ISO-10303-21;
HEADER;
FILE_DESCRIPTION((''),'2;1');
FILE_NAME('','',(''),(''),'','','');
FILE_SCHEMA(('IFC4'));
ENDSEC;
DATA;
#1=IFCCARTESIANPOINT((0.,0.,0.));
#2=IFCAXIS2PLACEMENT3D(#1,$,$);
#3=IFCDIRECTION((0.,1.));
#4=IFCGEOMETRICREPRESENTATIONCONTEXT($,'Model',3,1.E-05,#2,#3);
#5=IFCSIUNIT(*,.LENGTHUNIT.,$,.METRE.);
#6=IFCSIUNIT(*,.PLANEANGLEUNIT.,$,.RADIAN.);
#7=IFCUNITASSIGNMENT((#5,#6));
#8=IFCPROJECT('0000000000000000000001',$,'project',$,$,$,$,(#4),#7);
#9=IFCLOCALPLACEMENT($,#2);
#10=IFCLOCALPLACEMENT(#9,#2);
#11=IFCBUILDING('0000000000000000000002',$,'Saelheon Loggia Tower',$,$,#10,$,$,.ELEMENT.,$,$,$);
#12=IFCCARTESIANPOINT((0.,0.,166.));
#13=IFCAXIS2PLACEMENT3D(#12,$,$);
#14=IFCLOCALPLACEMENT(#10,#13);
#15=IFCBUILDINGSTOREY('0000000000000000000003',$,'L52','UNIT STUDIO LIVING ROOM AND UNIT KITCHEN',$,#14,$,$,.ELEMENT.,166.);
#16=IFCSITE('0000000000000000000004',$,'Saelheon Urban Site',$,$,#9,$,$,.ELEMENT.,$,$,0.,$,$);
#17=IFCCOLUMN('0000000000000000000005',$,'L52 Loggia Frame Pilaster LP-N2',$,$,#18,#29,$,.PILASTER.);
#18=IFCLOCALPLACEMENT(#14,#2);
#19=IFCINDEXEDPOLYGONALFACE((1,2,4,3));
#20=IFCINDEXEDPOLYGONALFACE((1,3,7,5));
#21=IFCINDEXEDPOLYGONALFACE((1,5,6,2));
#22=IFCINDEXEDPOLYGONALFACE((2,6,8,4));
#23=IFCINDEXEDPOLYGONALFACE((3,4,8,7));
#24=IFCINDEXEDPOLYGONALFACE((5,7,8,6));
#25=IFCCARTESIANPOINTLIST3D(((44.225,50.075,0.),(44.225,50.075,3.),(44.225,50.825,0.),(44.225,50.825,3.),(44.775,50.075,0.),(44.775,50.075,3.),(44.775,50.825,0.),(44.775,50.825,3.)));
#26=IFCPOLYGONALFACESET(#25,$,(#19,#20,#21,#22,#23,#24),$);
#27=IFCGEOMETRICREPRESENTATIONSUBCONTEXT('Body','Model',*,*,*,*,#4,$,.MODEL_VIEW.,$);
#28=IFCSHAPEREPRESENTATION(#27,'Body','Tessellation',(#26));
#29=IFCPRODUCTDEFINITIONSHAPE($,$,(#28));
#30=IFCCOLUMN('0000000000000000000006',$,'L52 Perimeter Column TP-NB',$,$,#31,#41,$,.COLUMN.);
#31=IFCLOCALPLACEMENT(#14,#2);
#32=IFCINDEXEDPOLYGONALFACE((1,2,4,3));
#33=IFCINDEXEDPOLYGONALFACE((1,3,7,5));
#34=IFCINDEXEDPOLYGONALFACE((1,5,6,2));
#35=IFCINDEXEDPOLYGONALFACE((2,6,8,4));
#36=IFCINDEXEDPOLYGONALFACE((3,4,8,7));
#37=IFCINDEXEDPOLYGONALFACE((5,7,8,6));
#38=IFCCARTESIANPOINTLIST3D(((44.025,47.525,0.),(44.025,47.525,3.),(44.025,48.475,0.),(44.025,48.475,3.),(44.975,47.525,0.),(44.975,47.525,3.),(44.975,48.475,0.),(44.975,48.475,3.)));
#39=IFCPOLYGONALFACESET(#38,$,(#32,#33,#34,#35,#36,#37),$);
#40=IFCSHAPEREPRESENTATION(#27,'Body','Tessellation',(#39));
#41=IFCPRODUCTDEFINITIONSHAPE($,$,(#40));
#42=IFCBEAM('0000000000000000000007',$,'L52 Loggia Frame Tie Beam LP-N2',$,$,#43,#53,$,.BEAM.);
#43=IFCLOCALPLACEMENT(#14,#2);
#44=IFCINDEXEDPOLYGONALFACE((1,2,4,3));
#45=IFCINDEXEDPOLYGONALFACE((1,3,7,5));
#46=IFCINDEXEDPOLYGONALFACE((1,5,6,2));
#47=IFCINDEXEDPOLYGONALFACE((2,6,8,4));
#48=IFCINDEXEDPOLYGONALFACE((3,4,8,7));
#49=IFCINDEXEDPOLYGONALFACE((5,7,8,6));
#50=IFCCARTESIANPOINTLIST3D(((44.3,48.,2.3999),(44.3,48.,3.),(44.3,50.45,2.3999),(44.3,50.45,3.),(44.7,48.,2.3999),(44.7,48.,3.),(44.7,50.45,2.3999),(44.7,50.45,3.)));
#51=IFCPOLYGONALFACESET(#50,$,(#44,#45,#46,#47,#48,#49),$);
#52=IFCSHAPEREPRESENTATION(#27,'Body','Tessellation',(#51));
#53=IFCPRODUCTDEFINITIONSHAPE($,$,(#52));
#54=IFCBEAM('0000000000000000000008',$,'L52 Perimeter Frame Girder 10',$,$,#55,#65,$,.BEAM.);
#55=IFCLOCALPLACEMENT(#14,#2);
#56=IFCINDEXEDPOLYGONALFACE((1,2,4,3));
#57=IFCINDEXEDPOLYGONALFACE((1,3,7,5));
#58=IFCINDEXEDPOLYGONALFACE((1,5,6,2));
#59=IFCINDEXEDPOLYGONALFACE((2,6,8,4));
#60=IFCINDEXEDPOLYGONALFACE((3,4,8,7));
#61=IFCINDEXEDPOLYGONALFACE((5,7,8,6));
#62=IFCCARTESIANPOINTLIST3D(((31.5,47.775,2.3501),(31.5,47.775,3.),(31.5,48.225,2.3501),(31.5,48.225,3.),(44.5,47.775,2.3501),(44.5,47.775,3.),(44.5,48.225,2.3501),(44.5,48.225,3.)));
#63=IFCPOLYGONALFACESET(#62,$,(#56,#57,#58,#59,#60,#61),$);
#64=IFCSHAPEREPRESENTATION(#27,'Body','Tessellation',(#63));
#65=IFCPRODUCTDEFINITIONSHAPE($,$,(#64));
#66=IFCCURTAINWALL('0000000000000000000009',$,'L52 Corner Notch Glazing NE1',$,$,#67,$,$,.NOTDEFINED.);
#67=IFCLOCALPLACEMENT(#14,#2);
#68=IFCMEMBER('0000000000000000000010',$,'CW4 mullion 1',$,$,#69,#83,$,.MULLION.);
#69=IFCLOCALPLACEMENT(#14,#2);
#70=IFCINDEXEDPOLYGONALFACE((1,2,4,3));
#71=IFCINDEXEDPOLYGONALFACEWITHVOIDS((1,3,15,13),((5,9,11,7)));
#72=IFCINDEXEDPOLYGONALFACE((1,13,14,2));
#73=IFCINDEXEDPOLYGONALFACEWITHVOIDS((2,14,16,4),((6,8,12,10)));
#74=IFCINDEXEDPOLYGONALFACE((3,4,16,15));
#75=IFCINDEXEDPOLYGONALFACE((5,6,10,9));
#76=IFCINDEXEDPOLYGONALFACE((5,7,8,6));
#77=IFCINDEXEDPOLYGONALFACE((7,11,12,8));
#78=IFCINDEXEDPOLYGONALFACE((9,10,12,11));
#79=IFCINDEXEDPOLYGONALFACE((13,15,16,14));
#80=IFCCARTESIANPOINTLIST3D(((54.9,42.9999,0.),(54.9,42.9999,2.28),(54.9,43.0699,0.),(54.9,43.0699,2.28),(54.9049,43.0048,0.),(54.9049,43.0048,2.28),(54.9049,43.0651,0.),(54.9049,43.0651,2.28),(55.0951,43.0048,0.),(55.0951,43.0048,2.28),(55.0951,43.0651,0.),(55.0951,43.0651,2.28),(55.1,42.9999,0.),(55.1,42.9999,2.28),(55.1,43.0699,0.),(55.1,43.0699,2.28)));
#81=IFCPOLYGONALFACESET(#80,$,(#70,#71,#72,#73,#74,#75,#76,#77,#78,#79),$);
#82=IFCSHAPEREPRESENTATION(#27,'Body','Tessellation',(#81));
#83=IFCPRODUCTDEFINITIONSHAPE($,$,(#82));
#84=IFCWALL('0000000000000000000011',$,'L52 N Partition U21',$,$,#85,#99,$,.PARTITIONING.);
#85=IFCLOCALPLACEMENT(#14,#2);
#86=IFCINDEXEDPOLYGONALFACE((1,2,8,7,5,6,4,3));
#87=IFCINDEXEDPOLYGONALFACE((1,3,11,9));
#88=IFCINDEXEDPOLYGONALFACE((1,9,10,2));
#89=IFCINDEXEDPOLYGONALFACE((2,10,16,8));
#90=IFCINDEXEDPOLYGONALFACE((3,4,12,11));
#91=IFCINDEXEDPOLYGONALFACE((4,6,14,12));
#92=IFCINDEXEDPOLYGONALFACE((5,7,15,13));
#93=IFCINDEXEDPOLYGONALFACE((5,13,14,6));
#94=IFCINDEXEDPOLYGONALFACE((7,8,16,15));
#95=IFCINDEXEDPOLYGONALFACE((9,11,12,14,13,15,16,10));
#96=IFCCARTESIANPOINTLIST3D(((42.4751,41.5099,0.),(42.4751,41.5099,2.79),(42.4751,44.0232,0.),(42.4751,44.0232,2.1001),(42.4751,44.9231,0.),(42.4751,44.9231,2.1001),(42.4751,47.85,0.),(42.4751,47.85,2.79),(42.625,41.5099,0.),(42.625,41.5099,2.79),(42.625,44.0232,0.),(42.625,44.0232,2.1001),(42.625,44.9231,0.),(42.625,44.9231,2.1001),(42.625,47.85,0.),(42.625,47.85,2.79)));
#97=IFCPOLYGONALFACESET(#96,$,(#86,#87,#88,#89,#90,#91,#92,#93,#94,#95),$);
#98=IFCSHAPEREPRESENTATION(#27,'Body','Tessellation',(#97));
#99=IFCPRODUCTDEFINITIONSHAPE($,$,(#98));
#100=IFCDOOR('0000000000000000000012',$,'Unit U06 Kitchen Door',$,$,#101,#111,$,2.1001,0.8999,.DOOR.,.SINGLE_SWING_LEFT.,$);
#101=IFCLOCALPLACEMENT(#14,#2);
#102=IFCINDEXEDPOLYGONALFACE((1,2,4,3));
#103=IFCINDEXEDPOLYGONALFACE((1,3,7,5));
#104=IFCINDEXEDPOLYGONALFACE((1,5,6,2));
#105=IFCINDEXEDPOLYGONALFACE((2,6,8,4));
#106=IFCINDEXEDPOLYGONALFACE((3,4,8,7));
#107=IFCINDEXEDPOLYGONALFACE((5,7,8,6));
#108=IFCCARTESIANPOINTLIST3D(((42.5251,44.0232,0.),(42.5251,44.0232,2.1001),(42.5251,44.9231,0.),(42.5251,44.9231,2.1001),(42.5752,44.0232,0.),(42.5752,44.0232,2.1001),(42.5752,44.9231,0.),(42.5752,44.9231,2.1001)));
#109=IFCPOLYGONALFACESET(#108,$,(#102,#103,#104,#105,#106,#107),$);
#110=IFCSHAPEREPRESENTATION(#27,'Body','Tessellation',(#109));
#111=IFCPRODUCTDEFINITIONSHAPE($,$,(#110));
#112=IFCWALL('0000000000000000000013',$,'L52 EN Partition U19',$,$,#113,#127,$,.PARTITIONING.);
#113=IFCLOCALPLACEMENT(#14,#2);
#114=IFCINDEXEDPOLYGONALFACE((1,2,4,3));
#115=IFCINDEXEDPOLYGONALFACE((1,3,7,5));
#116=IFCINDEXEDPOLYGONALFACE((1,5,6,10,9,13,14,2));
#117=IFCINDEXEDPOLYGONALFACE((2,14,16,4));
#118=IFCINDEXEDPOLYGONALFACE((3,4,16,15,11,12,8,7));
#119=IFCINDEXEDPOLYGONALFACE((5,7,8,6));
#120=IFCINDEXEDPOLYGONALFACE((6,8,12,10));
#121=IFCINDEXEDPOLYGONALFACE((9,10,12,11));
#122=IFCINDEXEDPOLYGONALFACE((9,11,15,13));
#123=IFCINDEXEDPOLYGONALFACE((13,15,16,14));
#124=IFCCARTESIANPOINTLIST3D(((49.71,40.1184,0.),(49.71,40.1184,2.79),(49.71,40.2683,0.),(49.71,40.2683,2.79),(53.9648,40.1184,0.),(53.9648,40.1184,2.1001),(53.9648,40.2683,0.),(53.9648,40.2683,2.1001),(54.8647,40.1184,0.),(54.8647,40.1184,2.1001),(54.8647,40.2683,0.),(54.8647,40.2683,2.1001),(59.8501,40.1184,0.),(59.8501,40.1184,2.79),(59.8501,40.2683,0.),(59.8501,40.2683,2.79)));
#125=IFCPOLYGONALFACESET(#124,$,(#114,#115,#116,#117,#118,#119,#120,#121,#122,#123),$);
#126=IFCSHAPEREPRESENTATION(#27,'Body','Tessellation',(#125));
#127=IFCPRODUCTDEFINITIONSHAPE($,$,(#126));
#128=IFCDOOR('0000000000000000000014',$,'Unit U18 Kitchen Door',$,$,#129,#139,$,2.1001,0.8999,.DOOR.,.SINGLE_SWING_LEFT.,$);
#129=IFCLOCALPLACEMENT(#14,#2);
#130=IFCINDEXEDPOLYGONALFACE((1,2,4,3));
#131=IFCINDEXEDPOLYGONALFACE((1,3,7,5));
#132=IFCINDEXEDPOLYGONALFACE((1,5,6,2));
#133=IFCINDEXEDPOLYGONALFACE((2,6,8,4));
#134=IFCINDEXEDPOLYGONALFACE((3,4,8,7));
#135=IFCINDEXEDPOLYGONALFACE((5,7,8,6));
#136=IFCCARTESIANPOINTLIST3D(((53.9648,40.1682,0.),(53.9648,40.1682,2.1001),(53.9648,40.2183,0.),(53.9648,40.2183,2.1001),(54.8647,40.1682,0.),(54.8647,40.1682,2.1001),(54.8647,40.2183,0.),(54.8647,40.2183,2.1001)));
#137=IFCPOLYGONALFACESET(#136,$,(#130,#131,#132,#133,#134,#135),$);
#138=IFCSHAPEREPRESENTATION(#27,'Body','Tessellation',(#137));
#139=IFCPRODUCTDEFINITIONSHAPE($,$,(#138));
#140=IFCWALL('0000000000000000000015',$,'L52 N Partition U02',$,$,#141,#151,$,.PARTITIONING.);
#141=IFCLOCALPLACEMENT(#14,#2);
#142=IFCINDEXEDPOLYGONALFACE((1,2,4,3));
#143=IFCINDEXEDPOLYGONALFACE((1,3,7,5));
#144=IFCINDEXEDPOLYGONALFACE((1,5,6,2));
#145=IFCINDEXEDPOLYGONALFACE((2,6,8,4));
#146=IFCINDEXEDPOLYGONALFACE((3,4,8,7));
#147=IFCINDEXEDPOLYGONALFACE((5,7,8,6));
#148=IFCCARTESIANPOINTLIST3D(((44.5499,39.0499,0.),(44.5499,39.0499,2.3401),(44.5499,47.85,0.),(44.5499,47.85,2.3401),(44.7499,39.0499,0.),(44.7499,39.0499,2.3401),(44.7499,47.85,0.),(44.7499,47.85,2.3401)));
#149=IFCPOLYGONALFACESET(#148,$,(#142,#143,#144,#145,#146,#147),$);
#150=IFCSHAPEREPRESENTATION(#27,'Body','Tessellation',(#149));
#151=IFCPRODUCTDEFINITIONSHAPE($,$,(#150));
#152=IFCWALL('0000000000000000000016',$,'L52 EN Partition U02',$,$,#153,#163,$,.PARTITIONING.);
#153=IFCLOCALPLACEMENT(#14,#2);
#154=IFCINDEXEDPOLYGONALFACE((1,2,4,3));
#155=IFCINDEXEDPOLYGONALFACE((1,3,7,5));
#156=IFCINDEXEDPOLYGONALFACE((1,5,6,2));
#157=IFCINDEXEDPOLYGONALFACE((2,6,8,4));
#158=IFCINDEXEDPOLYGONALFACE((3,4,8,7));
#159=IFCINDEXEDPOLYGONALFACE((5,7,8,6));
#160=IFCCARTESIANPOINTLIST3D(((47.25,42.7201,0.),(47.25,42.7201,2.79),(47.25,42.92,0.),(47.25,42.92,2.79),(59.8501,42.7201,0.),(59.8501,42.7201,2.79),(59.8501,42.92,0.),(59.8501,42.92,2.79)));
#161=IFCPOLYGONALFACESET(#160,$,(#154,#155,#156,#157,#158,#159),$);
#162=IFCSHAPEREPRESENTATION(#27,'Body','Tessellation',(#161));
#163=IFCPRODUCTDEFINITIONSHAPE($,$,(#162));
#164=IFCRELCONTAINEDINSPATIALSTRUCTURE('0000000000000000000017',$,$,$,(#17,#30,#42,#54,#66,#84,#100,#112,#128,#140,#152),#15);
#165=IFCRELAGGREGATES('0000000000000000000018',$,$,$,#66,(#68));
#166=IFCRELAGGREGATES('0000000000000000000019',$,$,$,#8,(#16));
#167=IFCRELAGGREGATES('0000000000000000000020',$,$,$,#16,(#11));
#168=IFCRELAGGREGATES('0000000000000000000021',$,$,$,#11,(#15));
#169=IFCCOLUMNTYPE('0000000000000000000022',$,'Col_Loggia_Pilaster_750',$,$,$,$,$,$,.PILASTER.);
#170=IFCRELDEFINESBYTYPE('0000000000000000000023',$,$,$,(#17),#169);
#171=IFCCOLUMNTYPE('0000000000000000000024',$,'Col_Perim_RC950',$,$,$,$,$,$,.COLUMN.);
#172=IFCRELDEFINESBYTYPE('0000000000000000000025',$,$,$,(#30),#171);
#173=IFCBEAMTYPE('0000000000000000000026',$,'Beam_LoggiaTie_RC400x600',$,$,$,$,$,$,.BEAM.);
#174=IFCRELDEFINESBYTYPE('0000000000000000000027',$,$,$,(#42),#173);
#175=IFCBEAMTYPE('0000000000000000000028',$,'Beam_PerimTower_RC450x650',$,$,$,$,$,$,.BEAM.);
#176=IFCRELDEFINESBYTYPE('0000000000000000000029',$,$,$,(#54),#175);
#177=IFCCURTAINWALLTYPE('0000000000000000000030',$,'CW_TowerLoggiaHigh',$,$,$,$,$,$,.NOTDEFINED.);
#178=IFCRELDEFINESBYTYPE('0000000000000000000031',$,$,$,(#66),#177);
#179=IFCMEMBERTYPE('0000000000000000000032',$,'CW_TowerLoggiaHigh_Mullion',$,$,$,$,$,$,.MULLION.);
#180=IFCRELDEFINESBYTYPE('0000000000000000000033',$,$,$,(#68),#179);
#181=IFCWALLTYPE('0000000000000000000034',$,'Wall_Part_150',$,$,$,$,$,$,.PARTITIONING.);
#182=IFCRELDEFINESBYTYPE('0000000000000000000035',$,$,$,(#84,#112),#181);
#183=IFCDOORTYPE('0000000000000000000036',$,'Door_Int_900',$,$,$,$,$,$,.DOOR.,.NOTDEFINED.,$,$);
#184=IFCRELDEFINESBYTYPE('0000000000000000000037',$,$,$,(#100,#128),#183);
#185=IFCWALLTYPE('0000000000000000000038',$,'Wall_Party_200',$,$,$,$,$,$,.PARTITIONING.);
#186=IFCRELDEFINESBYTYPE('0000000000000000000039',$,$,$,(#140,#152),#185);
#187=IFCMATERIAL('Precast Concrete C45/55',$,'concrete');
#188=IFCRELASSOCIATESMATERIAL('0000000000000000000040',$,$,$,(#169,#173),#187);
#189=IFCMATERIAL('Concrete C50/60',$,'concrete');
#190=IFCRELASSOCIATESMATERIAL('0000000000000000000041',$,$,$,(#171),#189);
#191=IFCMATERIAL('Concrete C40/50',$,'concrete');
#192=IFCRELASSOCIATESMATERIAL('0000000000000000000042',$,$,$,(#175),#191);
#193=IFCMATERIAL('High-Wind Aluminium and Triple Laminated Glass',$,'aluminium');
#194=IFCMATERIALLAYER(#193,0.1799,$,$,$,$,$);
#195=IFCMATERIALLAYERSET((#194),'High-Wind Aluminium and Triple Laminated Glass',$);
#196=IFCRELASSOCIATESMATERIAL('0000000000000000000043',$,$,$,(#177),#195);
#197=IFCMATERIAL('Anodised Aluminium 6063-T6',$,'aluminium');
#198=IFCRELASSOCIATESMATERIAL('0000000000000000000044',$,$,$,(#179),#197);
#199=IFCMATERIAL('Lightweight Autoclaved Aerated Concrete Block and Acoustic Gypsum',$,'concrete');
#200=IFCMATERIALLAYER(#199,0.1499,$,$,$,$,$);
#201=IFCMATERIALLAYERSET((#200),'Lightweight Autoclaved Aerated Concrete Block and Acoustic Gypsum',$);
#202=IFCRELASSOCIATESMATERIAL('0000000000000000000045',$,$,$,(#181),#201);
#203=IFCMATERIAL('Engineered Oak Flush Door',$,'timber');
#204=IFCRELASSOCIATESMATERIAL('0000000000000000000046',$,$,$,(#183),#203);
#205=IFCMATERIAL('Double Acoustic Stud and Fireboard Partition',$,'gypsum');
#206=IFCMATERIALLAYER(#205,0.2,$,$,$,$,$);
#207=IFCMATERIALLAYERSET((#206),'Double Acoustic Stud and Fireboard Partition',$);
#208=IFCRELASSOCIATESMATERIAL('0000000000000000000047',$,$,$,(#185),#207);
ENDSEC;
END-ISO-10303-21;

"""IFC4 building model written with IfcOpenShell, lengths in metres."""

from ifc_helpers import new_model, si_unit, direction, frame, frame_2d, origin, origin_2d, place, context, subcontext, project, spatial, rectangle, hollow_rectangle, extrude, source, transform, mapped, material, layer, layer_set, material_profile, profile_set, type_object, element, fill, aggregate, save


model = new_model("IFC4")

# Units and contexts
model_context = context("Model", 3, precision=1e-05, world=origin(), true_north=direction((0.0, 1.0)))
body_context = subcontext(model_context, "Body", "Model", "MODEL_VIEW")
ifc_project = project(units=[si_unit("LENGTHUNIT", "METRE"), si_unit("PLANEANGLEUNIT", "RADIAN")], contexts=[model_context])

# Site, building, storey
site_placement = place(None, origin())
site = spatial("IfcSite", under=ifc_project, at=site_placement, Name="Saelheon Urban Site", CompositionType="ELEMENT", RefElevation=0.0)
building_placement = place(site_placement, origin())
building = spatial("IfcBuilding", under=site, at=building_placement, Name="Saelheon Loggia Tower", CompositionType="ELEMENT")
storey_placement = place(building_placement, frame((0.0, 0.0, 166.0)))
storey = spatial("IfcBuildingStorey", under=building, at=storey_placement, Name="L52", Description="UNIT STUDIO LIVING ROOM AND UNIT KITCHEN", CompositionType="ELEMENT", Elevation=166.0)

# Columns
ifc_material_1 = material(Name="Precast Concrete C45/55", Category="concrete")
ifc_material_profile_1 = material_profile(ifc_material_1, rectangle(XDim=0.55, YDim=0.75, at=origin_2d()), Name="RC-550x750")
ifc_profile_set_1 = profile_set([ifc_material_profile_1], Name="Precast Concrete C45/55")
column_type_1 = type_object("IfcColumnType", Name="Col_Loggia_Pilaster_750", PredefinedType="PILASTER", material=ifc_profile_set_1)
shared_shape_1 = source(origin(), body_context, "Body", "SweptSolid", [
    extrude(rectangle(XDim=0.55, YDim=0.75, at=origin_2d()), origin(), (0.0, 0.0, 1.0), 3.0),
])
column_1_placement = place(storey_placement, frame((44.5, 50.45, 0.0), z_axis=(0.0, 0.0, 1.0), x_axis=(1.0, 0.0, 0.0)))
element("IfcColumn", 1, at=column_1_placement, inside=storey, type_object=column_type_1, Name="L52 Loggia Frame Pilaster LP-N2", PredefinedType="PILASTER", context=body_context, shape_type="MappedRepresentation", body=[
    mapped(shared_shape_1, transform((0.0, 0.0, 0.0), scale=1.0)),
])
ifc_material_2 = material(Name="Concrete C50/60", Category="concrete")
ifc_material_profile_2 = material_profile(ifc_material_2, rectangle(XDim=0.95, YDim=0.95, at=origin_2d()), Name="RC-950x950")
ifc_profile_set_2 = profile_set([ifc_material_profile_2], Name="Concrete C50/60")
column_type_2 = type_object("IfcColumnType", Name="Col_Perim_RC950", PredefinedType="COLUMN", material=ifc_profile_set_2)
shared_shape_2 = source(origin(), body_context, "Body", "SweptSolid", [
    extrude(rectangle(XDim=0.95, YDim=0.95, at=origin_2d()), origin(), (0.0, 0.0, 1.0), 3.0),
])
column_2_placement = place(storey_placement, frame((44.5, 48.0, 0.0), z_axis=(0.0, 0.0, 1.0), x_axis=(1.0, 0.0, 0.0)))
element("IfcColumn", 2, at=column_2_placement, inside=storey, type_object=column_type_2, Name="L52 Perimeter Column TP-NB", PredefinedType="COLUMN", context=body_context, shape_type="MappedRepresentation", body=[
    mapped(shared_shape_2, transform((0.0, 0.0, 0.0), scale=1.0)),
])

# Beams
ifc_material_profile_3 = material_profile(ifc_material_1, rectangle(XDim=0.3999, YDim=0.6001, at=origin_2d()), Name="RC-400x600")
ifc_profile_set_3 = profile_set([ifc_material_profile_3], Name="Precast Concrete C45/55")
beam_type_1 = type_object("IfcBeamType", Name="Beam_LoggiaTie_RC400x600", PredefinedType="BEAM", material=ifc_profile_set_3)
shared_shape_3 = source(origin(), body_context, "Body", "SweptSolid", [
    extrude(rectangle(XDim=0.3999, YDim=0.6001, at=origin_2d()), origin(), (0.0, 0.0, 1.0), 2.45),
])
beam_1_placement = place(storey_placement, frame((44.5, 48.0, 2.7), z_axis=(0.0, 1.0, 0.0), x_axis=(-1.0, 0.0, 0.0)))
element("IfcBeam", 3, at=beam_1_placement, inside=storey, type_object=beam_type_1, Name="L52 Loggia Frame Tie Beam LP-N2", PredefinedType="BEAM", context=body_context, shape_type="MappedRepresentation", body=[
    mapped(shared_shape_3, transform((0.0, 0.0, 0.0), scale=1.0)),
])
ifc_material_3 = material(Name="Concrete C40/50", Category="concrete")
ifc_material_profile_4 = material_profile(ifc_material_3, rectangle(XDim=0.45, YDim=0.6499, at=origin_2d()), Name="RC-450x650")
ifc_profile_set_4 = profile_set([ifc_material_profile_4], Name="Concrete C40/50")
beam_type_2 = type_object("IfcBeamType", Name="Beam_PerimTower_RC450x650", PredefinedType="BEAM", material=ifc_profile_set_4)
shared_shape_4 = source(origin(), body_context, "Body", "SweptSolid", [
    extrude(rectangle(XDim=0.45, YDim=0.6499, at=origin_2d()), origin(), (0.0, 0.0, 1.0), 13.0),
])
beam_2_placement = place(storey_placement, frame((44.5, 48.0, 2.675), z_axis=(-1.0, 0.0, 0.0), x_axis=(0.0, -1.0, 0.0)))
element("IfcBeam", 4, at=beam_2_placement, inside=storey, type_object=beam_type_2, Name="L52 Perimeter Frame Girder 10", PredefinedType="BEAM", context=body_context, shape_type="MappedRepresentation", body=[
    mapped(shared_shape_4, transform((0.0, 0.0, 0.0), scale=1.0)),
])

# Curtain wall, member
ifc_material_4 = material(Name="High-Wind Aluminium and Triple Laminated Glass", Category="aluminium")
ifc_layer_1 = layer(ifc_material_4, 0.1799)
ifc_layer_set_1 = layer_set([ifc_layer_1], Name="High-Wind Aluminium and Triple Laminated Glass")
curtain_wall_type = type_object("IfcCurtainWallType", Name="CW_TowerLoggiaHigh", PredefinedType="NOTDEFINED", material=ifc_layer_set_1)
curtain_wall_placement = place(storey_placement, origin())
curtain_wall = element("IfcCurtainWall", 5, at=curtain_wall_placement, inside=storey, type_object=curtain_wall_type, Name="L52 Corner Notch Glazing NE1", PredefinedType="NOTDEFINED")
ifc_material_5 = material(Name="Anodised Aluminium 6063-T6", Category="aluminium")
ifc_material_profile_5 = material_profile(ifc_material_5, hollow_rectangle(XDim=0.0701, YDim=0.2, WallThickness=0.0049, at=origin_2d()), Name="RHS-200x70x5")
ifc_profile_set_5 = profile_set([ifc_material_profile_5], Name="Anodised Aluminium 6063-T6")
member_type = type_object("IfcMemberType", Name="CW_TowerLoggiaHigh_Mullion", PredefinedType="MULLION", material=ifc_profile_set_5)
shared_shape_5 = source(origin(), body_context, "Body", "SweptSolid", [
    extrude(hollow_rectangle(XDim=0.0701, YDim=0.2, WallThickness=0.0049, at=origin_2d()), origin(), (0.0, 0.0, 1.0), 2.28),
])
member_placement = place(storey_placement, frame((55.0, 43.0349, 0.0), z_axis=(0.0, 0.0, 1.0), x_axis=(0.0, 1.0, 0.0)))
member = element("IfcMember", 6, at=member_placement, type_object=member_type, Name="CW4 mullion 1", PredefinedType="MULLION", context=body_context, shape_type="MappedRepresentation", body=[
    mapped(shared_shape_5, transform((0.0, 0.0, 0.0), scale=1.0)),
])
aggregate(curtain_wall, [member])

# Walls, openings, doors
ifc_material_6 = material(Name="Lightweight Autoclaved Aerated Concrete Block and Acoustic Gypsum", Category="concrete")
ifc_layer_2 = layer(ifc_material_6, 0.1499)
ifc_layer_set_2 = layer_set([ifc_layer_2], Name="Lightweight Autoclaved Aerated Concrete Block and Acoustic Gypsum")
wall_type_1 = type_object("IfcWallType", Name="Wall_Part_150", PredefinedType="PARTITIONING", material=ifc_layer_set_2)
wall_1_placement = place(storey_placement, frame((42.55, 41.51, 0.0), z_axis=(0.0, 0.0, 1.0), x_axis=(0.0, 1.0, 0.0)))
wall_1 = element("IfcWall", 7, at=wall_1_placement, inside=storey, type_object=wall_type_1, Name="L52 N Partition U21", PredefinedType="PARTITIONING", context=body_context, shape_type="SweptSolid", body=[
    extrude(rectangle(XDim=6.3401, YDim=0.1499, at=frame_2d((3.1699, 0.0))), origin(), (0.0, 0.0, 1.0), 2.79),
])
opening_1_placement = place(wall_1_placement, frame((2.5132, 0.0, 0.0)))
opening_1 = element("IfcOpeningElement", 8, at=opening_1_placement, cuts=wall_1, PredefinedType="OPENING", context=body_context, shape_type="SweptSolid", body=[
    extrude(rectangle(XDim=0.8999, YDim=2.1001, at=frame_2d((0.45, 1.05))), frame((0.0, 0.0869, 0.0), z_axis=(0.0, -1.0, 0.0), x_axis=(1.0, 0.0, 0.0)), (0.0, 0.0, 1.0), 0.1738),
])
ifc_material_7 = material(Name="Engineered Oak Flush Door", Category="timber")
door_type_1 = type_object("IfcDoorType", Name="Door_Int_900", OperationType="NOTDEFINED", PredefinedType="DOOR", material=ifc_material_7)
shared_shape_6 = source(origin(), body_context, "Body", "SweptSolid", [
    extrude(rectangle(XDim=0.8999, YDim=2.1001, at=frame_2d((0.45, 1.05))), frame((0.0, 0.0249, 0.0), z_axis=(0.0, -1.0, 0.0), x_axis=(1.0, 0.0, 0.0)), (0.0, 0.0, 1.0), 0.05),
])
door_1_placement = place(opening_1_placement, origin())
door_1 = element("IfcDoor", 9, at=door_1_placement, inside=storey, type_object=door_type_1, Name="Unit U06 Kitchen Door", OperationType="SINGLE_SWING_LEFT", OverallHeight=2.1001, OverallWidth=0.8999, PredefinedType="DOOR", context=body_context, shape_type="MappedRepresentation", body=[
    mapped(shared_shape_6, transform((0.0, 0.0, 0.0), scale=1.0)),
])
fill(opening_1, door_1)
wall_2_placement = place(storey_placement, frame((49.71, 40.1934, 0.0), z_axis=(0.0, 0.0, 1.0), x_axis=(1.0, 0.0, 0.0)))
wall_2 = element("IfcWall", 10, at=wall_2_placement, inside=storey, type_object=wall_type_1, Name="L52 EN Partition U19", PredefinedType="PARTITIONING", context=body_context, shape_type="SweptSolid", body=[
    extrude(rectangle(XDim=10.1401, YDim=0.1499, at=frame_2d((5.0701, 0.0))), origin(), (0.0, 0.0, 1.0), 2.79),
])
opening_2_placement = place(wall_2_placement, frame((4.2549, 0.0, 0.0)))
opening_2 = element("IfcOpeningElement", 11, at=opening_2_placement, cuts=wall_2, PredefinedType="OPENING", context=body_context, shape_type="SweptSolid", body=[
    extrude(rectangle(XDim=0.8999, YDim=2.1001, at=frame_2d((0.45, 1.05))), frame((0.0, 0.0869, 0.0), z_axis=(0.0, -1.0, 0.0), x_axis=(1.0, 0.0, 0.0)), (0.0, 0.0, 1.0), 0.1738),
])
door_2_placement = place(opening_2_placement, origin())
door_2 = element("IfcDoor", 12, at=door_2_placement, inside=storey, type_object=door_type_1, Name="Unit U18 Kitchen Door", OperationType="SINGLE_SWING_LEFT", OverallHeight=2.1001, OverallWidth=0.8999, PredefinedType="DOOR", context=body_context, shape_type="MappedRepresentation", body=[
    mapped(shared_shape_6, transform((0.0, 0.0, 0.0), scale=1.0)),
])
fill(opening_2, door_2)

# Walls
ifc_material_8 = material(Name="Double Acoustic Stud and Fireboard Partition", Category="gypsum")
ifc_layer_3 = layer(ifc_material_8, 0.2)
ifc_layer_set_3 = layer_set([ifc_layer_3], Name="Double Acoustic Stud and Fireboard Partition")
wall_type_2 = type_object("IfcWallType", Name="Wall_Party_200", PredefinedType="PARTITIONING", material=ifc_layer_set_3)
wall_3_placement = place(storey_placement, frame((44.6499, 39.05, 0.0), z_axis=(0.0, 0.0, 1.0), x_axis=(0.0, 1.0, 0.0)))
element("IfcWall", 13, at=wall_3_placement, inside=storey, type_object=wall_type_2, Name="L52 N Partition U02", PredefinedType="PARTITIONING", context=body_context, shape_type="SweptSolid", body=[
    extrude(rectangle(XDim=8.8, YDim=0.2, at=frame_2d((4.3999, 0.0))), origin(), (0.0, 0.0, 1.0), 2.3401),
])
for number, where, z_axis, x_axis, name in (
    (14, (47.25, 42.8201, 0.0), (0.0, 0.0, 1.0), (1.0, 0.0, 0.0), "L52 EN Partition U02"),
):
    element("IfcWall", number, at=place(storey_placement, frame(where, z_axis=z_axis, x_axis=x_axis)), inside=storey, type_object=wall_type_2, Name=name, PredefinedType="PARTITIONING", context=body_context, shape_type="SweptSolid", body=[
        extrude(rectangle(XDim=12.6001, YDim=0.2, at=frame_2d((6.3, 0.0))), origin(), (0.0, 0.0, 1.0), 2.79),
    ])

save(model, "model.ifc")
